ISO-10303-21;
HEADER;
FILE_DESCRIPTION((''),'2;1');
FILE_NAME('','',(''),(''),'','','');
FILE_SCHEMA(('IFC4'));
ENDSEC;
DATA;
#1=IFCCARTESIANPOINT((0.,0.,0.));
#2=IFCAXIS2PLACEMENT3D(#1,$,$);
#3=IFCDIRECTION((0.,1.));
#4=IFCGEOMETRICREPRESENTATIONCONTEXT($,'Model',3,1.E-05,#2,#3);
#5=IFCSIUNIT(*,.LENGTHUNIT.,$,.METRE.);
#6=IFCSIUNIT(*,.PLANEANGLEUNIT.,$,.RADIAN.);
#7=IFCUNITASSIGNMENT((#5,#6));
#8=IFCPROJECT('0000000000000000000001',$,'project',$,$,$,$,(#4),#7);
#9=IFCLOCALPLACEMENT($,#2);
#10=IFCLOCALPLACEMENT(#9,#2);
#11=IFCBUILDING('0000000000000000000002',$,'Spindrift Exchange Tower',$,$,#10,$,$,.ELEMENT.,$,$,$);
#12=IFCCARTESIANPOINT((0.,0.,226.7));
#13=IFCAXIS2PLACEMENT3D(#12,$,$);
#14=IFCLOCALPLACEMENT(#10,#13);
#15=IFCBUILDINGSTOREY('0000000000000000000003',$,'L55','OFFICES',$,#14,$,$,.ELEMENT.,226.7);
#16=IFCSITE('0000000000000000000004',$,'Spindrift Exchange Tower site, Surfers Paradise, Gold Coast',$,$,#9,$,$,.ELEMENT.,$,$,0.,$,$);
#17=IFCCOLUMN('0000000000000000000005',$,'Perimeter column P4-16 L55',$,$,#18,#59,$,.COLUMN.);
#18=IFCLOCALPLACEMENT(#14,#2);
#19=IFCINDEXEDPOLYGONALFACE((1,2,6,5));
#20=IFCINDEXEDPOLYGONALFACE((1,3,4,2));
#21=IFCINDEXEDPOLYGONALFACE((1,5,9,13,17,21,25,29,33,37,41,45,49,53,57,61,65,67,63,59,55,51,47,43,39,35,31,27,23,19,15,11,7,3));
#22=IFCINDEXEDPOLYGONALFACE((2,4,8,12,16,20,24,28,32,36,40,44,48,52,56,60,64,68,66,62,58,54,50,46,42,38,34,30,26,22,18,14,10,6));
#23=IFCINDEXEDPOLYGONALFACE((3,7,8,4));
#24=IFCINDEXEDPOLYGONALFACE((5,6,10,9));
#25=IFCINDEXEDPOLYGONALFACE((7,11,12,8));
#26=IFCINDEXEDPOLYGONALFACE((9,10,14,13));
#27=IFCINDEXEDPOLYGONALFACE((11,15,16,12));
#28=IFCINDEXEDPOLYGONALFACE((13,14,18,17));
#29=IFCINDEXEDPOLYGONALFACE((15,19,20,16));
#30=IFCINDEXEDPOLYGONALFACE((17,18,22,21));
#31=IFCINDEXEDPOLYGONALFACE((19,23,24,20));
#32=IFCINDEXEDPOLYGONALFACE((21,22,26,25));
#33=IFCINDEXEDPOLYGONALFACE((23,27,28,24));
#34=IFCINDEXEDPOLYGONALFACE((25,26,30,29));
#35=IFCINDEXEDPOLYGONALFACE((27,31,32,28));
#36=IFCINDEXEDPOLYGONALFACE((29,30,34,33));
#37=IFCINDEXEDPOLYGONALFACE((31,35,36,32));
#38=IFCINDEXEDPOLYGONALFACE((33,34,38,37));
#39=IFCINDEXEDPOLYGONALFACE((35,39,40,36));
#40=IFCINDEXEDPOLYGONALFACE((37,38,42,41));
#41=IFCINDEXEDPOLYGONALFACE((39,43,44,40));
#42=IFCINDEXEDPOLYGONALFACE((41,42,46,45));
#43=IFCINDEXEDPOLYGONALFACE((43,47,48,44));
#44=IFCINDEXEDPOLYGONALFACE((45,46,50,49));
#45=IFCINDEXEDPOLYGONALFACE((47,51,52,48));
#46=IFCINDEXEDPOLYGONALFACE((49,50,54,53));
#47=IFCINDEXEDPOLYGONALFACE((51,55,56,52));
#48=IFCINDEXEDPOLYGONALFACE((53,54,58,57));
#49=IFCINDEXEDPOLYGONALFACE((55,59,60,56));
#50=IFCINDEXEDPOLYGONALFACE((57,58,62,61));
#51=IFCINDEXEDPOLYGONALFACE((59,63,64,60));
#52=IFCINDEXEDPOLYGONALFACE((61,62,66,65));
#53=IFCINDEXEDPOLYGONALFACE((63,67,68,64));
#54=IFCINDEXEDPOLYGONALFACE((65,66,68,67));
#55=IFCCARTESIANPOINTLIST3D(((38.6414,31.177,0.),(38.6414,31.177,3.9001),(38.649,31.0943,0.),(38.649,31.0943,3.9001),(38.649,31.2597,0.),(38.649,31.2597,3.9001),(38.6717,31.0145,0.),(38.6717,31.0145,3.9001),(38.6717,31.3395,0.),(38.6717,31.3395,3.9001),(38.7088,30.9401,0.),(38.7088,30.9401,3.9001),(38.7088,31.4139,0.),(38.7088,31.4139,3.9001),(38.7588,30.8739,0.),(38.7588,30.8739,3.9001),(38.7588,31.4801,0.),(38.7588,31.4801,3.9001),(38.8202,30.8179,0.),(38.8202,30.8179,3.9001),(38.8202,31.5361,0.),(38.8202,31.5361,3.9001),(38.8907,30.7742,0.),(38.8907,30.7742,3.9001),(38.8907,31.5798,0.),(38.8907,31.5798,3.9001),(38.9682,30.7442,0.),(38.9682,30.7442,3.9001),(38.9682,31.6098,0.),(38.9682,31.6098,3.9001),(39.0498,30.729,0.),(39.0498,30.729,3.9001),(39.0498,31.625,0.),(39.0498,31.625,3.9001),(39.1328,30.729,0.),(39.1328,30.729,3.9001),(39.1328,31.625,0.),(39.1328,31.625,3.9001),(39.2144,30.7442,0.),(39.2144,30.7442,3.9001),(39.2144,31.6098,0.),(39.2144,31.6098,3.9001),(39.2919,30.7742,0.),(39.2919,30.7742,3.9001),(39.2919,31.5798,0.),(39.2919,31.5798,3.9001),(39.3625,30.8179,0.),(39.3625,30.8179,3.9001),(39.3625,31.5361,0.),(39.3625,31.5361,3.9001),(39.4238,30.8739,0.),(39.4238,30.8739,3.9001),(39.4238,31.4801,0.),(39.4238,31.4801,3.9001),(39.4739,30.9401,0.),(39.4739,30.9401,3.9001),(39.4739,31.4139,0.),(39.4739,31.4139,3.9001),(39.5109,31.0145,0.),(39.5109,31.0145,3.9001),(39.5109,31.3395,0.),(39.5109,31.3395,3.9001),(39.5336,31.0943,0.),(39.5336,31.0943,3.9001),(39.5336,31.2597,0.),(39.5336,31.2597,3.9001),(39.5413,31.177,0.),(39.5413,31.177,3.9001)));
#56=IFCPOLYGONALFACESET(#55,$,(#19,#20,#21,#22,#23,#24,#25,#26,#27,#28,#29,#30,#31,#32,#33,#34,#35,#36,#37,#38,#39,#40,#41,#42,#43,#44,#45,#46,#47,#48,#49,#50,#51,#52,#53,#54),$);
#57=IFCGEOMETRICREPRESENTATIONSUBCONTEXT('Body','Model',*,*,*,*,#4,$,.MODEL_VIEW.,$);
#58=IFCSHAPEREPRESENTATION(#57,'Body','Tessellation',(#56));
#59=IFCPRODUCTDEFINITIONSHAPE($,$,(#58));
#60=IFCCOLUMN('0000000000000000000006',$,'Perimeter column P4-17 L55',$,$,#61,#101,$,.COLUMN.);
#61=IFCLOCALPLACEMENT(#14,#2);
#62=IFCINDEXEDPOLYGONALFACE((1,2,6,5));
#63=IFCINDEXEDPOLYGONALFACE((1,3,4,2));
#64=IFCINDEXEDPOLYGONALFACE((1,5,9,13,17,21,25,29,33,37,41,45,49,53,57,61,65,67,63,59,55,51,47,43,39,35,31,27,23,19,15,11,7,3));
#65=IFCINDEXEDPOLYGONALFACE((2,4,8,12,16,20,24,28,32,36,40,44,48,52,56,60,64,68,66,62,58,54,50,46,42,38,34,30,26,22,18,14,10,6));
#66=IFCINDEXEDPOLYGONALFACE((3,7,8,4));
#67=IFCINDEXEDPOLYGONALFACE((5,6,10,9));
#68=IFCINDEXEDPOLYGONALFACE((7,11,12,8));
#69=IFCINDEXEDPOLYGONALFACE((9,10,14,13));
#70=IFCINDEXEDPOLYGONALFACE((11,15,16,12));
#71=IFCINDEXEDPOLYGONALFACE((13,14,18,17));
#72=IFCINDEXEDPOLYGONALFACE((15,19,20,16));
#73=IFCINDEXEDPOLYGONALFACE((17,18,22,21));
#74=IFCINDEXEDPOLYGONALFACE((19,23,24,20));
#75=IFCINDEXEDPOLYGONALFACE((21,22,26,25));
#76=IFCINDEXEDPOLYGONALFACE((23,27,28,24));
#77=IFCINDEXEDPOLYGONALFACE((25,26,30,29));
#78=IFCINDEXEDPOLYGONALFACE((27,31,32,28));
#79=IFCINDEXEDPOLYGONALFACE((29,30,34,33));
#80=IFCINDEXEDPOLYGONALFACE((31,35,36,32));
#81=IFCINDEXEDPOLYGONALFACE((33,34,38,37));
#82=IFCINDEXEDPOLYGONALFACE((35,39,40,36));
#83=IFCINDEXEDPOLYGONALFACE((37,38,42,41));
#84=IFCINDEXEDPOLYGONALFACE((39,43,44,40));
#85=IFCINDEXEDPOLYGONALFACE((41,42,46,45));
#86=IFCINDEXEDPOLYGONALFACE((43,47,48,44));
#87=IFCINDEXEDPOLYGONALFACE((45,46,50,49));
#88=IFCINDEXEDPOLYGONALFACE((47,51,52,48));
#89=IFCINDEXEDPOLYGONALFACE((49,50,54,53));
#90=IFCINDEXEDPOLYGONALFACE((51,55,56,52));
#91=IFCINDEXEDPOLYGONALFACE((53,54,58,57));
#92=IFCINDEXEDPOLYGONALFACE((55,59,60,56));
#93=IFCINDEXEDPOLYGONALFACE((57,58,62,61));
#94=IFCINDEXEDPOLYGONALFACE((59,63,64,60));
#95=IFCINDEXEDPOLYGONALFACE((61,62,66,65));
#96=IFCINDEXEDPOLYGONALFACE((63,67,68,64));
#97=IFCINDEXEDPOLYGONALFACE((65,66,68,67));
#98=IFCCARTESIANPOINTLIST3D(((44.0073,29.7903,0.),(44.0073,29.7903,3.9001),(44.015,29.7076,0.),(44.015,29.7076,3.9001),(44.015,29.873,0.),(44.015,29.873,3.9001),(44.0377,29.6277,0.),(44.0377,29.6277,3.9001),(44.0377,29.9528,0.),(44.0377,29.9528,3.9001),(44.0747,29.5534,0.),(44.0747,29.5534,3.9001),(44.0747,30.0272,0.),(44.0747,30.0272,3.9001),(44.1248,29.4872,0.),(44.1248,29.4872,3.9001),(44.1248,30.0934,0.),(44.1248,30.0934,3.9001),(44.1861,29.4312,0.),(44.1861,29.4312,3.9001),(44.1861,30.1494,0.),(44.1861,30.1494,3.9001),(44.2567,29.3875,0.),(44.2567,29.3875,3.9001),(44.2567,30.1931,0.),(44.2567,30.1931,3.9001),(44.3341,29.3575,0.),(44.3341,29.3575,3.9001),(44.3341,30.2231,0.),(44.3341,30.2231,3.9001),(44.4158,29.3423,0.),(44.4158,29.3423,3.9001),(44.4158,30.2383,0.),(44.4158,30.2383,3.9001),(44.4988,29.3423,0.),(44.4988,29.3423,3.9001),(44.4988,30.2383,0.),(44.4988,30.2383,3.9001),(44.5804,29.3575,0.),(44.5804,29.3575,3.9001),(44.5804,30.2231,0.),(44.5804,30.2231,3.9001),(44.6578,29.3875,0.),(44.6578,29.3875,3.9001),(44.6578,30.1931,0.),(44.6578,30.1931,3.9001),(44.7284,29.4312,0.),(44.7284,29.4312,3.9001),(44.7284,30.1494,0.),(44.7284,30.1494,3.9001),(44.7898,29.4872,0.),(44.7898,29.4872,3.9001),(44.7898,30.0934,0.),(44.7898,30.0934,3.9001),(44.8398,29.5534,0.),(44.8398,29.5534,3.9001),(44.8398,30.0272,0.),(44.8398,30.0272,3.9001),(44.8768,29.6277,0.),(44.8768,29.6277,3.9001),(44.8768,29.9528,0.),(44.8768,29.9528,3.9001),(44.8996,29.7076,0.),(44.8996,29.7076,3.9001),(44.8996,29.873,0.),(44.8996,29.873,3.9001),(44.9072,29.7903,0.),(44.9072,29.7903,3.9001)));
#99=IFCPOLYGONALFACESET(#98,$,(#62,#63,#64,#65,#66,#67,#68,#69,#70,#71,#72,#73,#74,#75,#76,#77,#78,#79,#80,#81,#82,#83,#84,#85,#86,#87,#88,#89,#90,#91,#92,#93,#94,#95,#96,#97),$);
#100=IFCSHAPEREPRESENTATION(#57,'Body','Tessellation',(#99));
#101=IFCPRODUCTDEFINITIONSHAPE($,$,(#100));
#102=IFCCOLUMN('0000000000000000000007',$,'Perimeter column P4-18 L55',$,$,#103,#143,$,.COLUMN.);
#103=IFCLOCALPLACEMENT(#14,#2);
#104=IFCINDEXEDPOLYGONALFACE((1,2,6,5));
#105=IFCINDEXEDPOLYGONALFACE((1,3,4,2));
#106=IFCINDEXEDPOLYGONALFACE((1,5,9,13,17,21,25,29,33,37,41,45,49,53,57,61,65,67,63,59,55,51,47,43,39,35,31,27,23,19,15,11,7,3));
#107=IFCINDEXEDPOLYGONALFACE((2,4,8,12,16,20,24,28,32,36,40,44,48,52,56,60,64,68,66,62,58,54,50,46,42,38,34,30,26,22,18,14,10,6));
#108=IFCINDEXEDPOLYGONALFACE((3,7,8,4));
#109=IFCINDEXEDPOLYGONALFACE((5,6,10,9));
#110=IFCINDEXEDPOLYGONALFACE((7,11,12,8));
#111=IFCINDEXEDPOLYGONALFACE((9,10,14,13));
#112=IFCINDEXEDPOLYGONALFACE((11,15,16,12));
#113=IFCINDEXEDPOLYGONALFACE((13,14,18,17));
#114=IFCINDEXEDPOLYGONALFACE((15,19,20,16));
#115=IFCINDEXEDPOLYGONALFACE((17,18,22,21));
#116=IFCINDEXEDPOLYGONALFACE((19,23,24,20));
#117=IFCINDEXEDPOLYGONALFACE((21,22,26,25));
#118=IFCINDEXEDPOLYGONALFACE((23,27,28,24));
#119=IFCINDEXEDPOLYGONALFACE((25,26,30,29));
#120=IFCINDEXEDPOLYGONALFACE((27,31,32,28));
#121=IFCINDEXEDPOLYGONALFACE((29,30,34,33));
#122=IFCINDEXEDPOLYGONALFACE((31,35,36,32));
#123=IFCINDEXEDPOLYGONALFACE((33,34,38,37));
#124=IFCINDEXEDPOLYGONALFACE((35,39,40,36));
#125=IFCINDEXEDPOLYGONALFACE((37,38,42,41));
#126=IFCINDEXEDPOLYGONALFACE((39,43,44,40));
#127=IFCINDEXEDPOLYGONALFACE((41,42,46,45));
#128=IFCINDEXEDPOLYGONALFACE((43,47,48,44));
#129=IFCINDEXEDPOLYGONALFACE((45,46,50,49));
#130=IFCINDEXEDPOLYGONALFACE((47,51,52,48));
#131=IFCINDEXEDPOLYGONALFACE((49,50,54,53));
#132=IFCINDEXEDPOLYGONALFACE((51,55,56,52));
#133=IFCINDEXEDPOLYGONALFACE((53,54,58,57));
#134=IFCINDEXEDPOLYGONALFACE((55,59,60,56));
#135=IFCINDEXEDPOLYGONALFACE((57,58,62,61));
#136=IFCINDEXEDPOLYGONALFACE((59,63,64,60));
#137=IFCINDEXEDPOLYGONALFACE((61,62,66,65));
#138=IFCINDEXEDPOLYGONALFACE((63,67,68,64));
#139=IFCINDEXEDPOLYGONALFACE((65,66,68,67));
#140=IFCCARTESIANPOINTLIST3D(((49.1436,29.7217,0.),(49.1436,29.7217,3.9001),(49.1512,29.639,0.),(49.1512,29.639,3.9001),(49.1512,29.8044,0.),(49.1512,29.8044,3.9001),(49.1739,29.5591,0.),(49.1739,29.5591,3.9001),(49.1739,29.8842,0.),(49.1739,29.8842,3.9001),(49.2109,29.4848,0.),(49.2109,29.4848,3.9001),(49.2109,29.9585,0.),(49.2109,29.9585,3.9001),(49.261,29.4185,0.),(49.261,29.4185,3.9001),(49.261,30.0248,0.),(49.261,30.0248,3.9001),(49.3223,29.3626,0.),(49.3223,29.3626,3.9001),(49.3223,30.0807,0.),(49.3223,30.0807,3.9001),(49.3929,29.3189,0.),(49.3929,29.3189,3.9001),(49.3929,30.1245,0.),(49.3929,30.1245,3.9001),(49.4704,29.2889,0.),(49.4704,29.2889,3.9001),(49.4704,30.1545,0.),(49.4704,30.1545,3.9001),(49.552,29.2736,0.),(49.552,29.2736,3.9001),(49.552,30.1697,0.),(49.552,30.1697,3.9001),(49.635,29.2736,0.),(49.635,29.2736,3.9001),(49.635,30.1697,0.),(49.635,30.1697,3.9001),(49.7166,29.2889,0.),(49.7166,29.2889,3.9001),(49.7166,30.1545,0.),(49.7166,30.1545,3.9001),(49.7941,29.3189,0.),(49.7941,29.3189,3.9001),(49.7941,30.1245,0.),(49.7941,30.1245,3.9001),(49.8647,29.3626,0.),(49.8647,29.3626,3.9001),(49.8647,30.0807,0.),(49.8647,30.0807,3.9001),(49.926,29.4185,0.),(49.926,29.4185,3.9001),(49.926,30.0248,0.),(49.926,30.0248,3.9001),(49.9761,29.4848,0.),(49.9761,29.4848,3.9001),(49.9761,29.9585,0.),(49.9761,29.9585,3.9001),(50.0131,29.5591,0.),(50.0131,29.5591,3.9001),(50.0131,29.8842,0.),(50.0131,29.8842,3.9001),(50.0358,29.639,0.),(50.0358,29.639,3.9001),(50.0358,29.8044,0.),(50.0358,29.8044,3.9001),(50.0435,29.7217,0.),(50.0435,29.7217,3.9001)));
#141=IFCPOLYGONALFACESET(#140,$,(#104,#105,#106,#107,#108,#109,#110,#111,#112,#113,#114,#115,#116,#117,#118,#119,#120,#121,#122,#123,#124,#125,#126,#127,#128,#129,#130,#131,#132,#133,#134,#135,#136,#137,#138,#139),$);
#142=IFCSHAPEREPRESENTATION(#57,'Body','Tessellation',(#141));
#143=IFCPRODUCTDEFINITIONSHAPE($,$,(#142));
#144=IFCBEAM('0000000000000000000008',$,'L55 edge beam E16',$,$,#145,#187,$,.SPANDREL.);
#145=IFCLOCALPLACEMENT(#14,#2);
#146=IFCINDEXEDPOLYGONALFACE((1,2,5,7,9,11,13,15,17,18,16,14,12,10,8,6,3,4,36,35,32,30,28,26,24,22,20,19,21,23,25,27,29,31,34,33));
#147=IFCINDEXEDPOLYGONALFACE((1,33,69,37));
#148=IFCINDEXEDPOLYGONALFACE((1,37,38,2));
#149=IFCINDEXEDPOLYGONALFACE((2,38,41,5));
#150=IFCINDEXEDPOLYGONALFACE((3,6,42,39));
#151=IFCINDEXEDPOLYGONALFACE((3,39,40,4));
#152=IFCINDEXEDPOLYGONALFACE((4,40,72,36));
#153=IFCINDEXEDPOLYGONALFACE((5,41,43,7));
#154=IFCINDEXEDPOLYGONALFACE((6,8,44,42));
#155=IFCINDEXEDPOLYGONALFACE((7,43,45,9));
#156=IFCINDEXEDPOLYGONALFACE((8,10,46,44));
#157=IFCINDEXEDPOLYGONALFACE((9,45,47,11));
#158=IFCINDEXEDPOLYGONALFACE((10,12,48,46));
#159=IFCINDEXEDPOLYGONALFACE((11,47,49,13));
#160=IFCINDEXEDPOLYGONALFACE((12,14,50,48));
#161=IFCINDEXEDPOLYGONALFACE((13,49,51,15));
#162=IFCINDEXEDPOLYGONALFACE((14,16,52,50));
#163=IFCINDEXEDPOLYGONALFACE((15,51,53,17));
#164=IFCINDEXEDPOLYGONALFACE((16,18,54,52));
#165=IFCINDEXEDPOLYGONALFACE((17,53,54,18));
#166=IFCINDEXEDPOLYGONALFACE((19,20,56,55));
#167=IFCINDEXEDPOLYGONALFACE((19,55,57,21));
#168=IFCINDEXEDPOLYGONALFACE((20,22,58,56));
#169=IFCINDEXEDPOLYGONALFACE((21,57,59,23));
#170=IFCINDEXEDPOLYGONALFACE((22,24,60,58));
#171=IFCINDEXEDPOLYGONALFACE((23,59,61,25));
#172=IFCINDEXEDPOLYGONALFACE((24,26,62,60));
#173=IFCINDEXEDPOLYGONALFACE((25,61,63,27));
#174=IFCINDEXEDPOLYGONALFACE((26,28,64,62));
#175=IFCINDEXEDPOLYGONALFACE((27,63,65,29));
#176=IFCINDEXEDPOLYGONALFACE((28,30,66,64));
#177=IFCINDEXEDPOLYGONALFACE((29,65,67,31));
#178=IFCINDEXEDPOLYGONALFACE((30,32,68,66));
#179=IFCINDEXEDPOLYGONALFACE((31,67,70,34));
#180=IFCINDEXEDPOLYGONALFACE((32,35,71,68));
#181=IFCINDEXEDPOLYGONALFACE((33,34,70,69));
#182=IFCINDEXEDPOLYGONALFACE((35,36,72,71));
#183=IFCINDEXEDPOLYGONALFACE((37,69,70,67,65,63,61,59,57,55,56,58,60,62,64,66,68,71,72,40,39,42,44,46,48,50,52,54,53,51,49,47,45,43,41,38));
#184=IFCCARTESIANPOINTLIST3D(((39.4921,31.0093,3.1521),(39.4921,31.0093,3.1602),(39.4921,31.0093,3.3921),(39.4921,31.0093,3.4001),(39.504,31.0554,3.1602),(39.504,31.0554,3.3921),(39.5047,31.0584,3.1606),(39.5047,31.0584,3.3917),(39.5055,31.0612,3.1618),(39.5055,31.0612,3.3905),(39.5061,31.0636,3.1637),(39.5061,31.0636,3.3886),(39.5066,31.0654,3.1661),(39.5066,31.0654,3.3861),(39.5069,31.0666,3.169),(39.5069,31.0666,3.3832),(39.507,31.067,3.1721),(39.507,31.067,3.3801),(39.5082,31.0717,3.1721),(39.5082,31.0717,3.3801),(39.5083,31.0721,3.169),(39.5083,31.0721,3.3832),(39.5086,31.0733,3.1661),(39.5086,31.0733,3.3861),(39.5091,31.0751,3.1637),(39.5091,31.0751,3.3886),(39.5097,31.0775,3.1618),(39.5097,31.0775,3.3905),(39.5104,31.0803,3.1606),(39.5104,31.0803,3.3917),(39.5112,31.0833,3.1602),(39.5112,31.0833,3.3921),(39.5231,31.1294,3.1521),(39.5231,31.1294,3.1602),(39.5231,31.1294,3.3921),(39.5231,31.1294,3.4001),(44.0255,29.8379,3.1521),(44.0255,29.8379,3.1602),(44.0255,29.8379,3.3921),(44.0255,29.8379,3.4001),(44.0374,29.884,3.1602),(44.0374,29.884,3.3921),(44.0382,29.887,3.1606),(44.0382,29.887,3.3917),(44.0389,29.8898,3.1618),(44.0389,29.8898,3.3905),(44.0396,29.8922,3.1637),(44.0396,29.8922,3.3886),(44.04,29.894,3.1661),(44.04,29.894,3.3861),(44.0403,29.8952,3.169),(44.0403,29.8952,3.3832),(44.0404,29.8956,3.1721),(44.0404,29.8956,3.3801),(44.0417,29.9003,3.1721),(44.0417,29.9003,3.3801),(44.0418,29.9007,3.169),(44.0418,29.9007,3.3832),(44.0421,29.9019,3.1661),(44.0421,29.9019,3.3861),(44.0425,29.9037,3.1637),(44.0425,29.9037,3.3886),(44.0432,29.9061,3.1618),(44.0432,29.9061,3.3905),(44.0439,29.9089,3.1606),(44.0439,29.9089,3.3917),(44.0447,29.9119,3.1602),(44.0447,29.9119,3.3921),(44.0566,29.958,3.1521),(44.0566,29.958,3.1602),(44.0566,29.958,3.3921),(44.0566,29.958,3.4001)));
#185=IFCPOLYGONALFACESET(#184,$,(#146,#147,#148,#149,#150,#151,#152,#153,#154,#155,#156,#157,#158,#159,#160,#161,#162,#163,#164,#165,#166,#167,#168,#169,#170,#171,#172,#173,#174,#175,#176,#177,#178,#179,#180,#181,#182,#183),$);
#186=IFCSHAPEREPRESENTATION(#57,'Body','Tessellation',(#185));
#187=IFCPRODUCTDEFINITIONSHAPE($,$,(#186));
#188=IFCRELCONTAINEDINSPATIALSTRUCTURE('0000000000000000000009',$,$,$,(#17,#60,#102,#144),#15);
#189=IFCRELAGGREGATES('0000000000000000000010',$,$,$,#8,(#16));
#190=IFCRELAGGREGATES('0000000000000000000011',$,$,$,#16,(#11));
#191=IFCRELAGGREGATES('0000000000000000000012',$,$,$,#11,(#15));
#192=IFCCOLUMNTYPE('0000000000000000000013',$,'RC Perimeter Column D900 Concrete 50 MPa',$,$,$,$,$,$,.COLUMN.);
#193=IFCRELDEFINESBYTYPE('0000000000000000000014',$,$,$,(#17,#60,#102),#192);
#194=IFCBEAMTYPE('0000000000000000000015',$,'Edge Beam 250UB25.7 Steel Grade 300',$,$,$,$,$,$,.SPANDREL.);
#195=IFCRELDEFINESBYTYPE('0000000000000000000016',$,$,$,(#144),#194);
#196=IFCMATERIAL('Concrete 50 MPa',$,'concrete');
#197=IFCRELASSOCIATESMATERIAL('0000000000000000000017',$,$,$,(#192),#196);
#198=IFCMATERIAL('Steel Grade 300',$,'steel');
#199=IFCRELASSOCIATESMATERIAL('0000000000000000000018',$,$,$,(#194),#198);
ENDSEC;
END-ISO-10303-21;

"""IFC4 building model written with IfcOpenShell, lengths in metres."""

from ifc_helpers import new_model, si_unit, direction, frame, origin, origin_2d, place, context, subcontext, project, spatial, circle, i_section, extrude, source, transform, mapped, material, material_profile, profile_set, type_object, element, save


model = new_model("IFC4")

# Units and contexts
model_context = context("Model", 3, precision=1e-05, world=origin(), true_north=direction((0.0, 1.0)))
body_context = subcontext(model_context, "Body", "Model", "MODEL_VIEW")
ifc_project = project(units=[si_unit("LENGTHUNIT", "METRE"), si_unit("PLANEANGLEUNIT", "RADIAN")], contexts=[model_context])

# Site, building, storey
site_placement = place(None, origin())
site = spatial("IfcSite", under=ifc_project, at=site_placement, Name="Spindrift Exchange Tower site, Surfers Paradise, Gold Coast", CompositionType="ELEMENT", RefElevation=0.0)
building_placement = place(site_placement, origin())
building = spatial("IfcBuilding", under=site, at=building_placement, Name="Spindrift Exchange Tower", CompositionType="ELEMENT")
storey_placement = place(building_placement, frame((0.0, 0.0, 226.7)))
storey = spatial("IfcBuildingStorey", under=building, at=storey_placement, Name="L55", Description="OFFICES", CompositionType="ELEMENT", Elevation=226.7)

# Columns
ifc_material_1 = material(Name="Concrete 50 MPa", Category="concrete")
ifc_material_profile_1 = material_profile(ifc_material_1, circle(Radius=0.45, at=origin_2d()), Name="RC D900")
ifc_profile_set_1 = profile_set([ifc_material_profile_1], Name="Concrete 50 MPa")
column_type = type_object("IfcColumnType", Name="RC Perimeter Column D900 Concrete 50 MPa", PredefinedType="COLUMN", material=ifc_profile_set_1)
shared_shape_1 = source(origin(), body_context, "Body", "SweptSolid", [
    extrude(circle(Radius=0.45, at=origin_2d()), origin(), (0.0, 0.0, 1.0), 3.9001),
])
for number, where, z_axis, x_axis, name in (
    (1, (39.0913, 31.177, 0.0), (0.0, 0.0, 1.0), (1.0, 0.0, 0.0), "Perimeter column P4-16 L55"),
    (2, (44.4573, 29.7903, 0.0), (0.0, 0.0, 1.0), (1.0, 0.0, 0.0), "Perimeter column P4-17 L55"),
    (3, (49.5935, 29.7217, 0.0), (0.0, 0.0, 1.0), (1.0, 0.0, 0.0), "Perimeter column P4-18 L55"),
):
    element("IfcColumn", number, at=place(storey_placement, frame(where, z_axis=z_axis, x_axis=x_axis)), inside=storey, type_object=column_type, Name=name, PredefinedType="COLUMN", context=body_context, shape_type="MappedRepresentation", body=[
        mapped(shared_shape_1, transform((0.0, 0.0, 0.0), scale=1.0)),
    ])

# Beam
ifc_material_2 = material(Name="Steel Grade 300", Category="steel")
ifc_material_profile_2 = material_profile(ifc_material_2, i_section(OverallWidth=0.124, OverallDepth=0.248, WebThickness=0.0049, FlangeThickness=0.0081, FilletRadius=0.012, at=origin_2d()), Name="250UB25.7")
ifc_profile_set_2 = profile_set([ifc_material_profile_2], Name="Steel Grade 300")
beam_type_1 = type_object("IfcBeamType", Name="Edge Beam 250UB25.7 Steel Grade 300", PredefinedType="SPANDREL", material=ifc_profile_set_2)
shared_shape_2 = source(origin(), body_context, "Body", "SweptSolid", [
    extrude(i_section(OverallWidth=0.124, OverallDepth=0.248, WebThickness=0.0049, FlangeThickness=0.0081, FilletRadius=0.012, at=origin_2d()), origin(), (0.0, 0.0, 1.0), 4.6824),
])
beam_1_placement = place(storey_placement, frame((39.5076, 31.0693, 3.2761), z_axis=(0.968202, -0.250171, 0.0), x_axis=(0.250171, 0.968202, 0.0)))
element("IfcBeam", 4, at=beam_1_placement, inside=storey, type_object=beam_type_1, Name="L55 edge beam E16", PredefinedType="SPANDREL", context=body_context, shape_type="MappedRepresentation", body=[
    mapped(shared_shape_2, transform((0.0, 0.0, 0.0), scale=1.0)),
])

save(model, "model.ifc")
